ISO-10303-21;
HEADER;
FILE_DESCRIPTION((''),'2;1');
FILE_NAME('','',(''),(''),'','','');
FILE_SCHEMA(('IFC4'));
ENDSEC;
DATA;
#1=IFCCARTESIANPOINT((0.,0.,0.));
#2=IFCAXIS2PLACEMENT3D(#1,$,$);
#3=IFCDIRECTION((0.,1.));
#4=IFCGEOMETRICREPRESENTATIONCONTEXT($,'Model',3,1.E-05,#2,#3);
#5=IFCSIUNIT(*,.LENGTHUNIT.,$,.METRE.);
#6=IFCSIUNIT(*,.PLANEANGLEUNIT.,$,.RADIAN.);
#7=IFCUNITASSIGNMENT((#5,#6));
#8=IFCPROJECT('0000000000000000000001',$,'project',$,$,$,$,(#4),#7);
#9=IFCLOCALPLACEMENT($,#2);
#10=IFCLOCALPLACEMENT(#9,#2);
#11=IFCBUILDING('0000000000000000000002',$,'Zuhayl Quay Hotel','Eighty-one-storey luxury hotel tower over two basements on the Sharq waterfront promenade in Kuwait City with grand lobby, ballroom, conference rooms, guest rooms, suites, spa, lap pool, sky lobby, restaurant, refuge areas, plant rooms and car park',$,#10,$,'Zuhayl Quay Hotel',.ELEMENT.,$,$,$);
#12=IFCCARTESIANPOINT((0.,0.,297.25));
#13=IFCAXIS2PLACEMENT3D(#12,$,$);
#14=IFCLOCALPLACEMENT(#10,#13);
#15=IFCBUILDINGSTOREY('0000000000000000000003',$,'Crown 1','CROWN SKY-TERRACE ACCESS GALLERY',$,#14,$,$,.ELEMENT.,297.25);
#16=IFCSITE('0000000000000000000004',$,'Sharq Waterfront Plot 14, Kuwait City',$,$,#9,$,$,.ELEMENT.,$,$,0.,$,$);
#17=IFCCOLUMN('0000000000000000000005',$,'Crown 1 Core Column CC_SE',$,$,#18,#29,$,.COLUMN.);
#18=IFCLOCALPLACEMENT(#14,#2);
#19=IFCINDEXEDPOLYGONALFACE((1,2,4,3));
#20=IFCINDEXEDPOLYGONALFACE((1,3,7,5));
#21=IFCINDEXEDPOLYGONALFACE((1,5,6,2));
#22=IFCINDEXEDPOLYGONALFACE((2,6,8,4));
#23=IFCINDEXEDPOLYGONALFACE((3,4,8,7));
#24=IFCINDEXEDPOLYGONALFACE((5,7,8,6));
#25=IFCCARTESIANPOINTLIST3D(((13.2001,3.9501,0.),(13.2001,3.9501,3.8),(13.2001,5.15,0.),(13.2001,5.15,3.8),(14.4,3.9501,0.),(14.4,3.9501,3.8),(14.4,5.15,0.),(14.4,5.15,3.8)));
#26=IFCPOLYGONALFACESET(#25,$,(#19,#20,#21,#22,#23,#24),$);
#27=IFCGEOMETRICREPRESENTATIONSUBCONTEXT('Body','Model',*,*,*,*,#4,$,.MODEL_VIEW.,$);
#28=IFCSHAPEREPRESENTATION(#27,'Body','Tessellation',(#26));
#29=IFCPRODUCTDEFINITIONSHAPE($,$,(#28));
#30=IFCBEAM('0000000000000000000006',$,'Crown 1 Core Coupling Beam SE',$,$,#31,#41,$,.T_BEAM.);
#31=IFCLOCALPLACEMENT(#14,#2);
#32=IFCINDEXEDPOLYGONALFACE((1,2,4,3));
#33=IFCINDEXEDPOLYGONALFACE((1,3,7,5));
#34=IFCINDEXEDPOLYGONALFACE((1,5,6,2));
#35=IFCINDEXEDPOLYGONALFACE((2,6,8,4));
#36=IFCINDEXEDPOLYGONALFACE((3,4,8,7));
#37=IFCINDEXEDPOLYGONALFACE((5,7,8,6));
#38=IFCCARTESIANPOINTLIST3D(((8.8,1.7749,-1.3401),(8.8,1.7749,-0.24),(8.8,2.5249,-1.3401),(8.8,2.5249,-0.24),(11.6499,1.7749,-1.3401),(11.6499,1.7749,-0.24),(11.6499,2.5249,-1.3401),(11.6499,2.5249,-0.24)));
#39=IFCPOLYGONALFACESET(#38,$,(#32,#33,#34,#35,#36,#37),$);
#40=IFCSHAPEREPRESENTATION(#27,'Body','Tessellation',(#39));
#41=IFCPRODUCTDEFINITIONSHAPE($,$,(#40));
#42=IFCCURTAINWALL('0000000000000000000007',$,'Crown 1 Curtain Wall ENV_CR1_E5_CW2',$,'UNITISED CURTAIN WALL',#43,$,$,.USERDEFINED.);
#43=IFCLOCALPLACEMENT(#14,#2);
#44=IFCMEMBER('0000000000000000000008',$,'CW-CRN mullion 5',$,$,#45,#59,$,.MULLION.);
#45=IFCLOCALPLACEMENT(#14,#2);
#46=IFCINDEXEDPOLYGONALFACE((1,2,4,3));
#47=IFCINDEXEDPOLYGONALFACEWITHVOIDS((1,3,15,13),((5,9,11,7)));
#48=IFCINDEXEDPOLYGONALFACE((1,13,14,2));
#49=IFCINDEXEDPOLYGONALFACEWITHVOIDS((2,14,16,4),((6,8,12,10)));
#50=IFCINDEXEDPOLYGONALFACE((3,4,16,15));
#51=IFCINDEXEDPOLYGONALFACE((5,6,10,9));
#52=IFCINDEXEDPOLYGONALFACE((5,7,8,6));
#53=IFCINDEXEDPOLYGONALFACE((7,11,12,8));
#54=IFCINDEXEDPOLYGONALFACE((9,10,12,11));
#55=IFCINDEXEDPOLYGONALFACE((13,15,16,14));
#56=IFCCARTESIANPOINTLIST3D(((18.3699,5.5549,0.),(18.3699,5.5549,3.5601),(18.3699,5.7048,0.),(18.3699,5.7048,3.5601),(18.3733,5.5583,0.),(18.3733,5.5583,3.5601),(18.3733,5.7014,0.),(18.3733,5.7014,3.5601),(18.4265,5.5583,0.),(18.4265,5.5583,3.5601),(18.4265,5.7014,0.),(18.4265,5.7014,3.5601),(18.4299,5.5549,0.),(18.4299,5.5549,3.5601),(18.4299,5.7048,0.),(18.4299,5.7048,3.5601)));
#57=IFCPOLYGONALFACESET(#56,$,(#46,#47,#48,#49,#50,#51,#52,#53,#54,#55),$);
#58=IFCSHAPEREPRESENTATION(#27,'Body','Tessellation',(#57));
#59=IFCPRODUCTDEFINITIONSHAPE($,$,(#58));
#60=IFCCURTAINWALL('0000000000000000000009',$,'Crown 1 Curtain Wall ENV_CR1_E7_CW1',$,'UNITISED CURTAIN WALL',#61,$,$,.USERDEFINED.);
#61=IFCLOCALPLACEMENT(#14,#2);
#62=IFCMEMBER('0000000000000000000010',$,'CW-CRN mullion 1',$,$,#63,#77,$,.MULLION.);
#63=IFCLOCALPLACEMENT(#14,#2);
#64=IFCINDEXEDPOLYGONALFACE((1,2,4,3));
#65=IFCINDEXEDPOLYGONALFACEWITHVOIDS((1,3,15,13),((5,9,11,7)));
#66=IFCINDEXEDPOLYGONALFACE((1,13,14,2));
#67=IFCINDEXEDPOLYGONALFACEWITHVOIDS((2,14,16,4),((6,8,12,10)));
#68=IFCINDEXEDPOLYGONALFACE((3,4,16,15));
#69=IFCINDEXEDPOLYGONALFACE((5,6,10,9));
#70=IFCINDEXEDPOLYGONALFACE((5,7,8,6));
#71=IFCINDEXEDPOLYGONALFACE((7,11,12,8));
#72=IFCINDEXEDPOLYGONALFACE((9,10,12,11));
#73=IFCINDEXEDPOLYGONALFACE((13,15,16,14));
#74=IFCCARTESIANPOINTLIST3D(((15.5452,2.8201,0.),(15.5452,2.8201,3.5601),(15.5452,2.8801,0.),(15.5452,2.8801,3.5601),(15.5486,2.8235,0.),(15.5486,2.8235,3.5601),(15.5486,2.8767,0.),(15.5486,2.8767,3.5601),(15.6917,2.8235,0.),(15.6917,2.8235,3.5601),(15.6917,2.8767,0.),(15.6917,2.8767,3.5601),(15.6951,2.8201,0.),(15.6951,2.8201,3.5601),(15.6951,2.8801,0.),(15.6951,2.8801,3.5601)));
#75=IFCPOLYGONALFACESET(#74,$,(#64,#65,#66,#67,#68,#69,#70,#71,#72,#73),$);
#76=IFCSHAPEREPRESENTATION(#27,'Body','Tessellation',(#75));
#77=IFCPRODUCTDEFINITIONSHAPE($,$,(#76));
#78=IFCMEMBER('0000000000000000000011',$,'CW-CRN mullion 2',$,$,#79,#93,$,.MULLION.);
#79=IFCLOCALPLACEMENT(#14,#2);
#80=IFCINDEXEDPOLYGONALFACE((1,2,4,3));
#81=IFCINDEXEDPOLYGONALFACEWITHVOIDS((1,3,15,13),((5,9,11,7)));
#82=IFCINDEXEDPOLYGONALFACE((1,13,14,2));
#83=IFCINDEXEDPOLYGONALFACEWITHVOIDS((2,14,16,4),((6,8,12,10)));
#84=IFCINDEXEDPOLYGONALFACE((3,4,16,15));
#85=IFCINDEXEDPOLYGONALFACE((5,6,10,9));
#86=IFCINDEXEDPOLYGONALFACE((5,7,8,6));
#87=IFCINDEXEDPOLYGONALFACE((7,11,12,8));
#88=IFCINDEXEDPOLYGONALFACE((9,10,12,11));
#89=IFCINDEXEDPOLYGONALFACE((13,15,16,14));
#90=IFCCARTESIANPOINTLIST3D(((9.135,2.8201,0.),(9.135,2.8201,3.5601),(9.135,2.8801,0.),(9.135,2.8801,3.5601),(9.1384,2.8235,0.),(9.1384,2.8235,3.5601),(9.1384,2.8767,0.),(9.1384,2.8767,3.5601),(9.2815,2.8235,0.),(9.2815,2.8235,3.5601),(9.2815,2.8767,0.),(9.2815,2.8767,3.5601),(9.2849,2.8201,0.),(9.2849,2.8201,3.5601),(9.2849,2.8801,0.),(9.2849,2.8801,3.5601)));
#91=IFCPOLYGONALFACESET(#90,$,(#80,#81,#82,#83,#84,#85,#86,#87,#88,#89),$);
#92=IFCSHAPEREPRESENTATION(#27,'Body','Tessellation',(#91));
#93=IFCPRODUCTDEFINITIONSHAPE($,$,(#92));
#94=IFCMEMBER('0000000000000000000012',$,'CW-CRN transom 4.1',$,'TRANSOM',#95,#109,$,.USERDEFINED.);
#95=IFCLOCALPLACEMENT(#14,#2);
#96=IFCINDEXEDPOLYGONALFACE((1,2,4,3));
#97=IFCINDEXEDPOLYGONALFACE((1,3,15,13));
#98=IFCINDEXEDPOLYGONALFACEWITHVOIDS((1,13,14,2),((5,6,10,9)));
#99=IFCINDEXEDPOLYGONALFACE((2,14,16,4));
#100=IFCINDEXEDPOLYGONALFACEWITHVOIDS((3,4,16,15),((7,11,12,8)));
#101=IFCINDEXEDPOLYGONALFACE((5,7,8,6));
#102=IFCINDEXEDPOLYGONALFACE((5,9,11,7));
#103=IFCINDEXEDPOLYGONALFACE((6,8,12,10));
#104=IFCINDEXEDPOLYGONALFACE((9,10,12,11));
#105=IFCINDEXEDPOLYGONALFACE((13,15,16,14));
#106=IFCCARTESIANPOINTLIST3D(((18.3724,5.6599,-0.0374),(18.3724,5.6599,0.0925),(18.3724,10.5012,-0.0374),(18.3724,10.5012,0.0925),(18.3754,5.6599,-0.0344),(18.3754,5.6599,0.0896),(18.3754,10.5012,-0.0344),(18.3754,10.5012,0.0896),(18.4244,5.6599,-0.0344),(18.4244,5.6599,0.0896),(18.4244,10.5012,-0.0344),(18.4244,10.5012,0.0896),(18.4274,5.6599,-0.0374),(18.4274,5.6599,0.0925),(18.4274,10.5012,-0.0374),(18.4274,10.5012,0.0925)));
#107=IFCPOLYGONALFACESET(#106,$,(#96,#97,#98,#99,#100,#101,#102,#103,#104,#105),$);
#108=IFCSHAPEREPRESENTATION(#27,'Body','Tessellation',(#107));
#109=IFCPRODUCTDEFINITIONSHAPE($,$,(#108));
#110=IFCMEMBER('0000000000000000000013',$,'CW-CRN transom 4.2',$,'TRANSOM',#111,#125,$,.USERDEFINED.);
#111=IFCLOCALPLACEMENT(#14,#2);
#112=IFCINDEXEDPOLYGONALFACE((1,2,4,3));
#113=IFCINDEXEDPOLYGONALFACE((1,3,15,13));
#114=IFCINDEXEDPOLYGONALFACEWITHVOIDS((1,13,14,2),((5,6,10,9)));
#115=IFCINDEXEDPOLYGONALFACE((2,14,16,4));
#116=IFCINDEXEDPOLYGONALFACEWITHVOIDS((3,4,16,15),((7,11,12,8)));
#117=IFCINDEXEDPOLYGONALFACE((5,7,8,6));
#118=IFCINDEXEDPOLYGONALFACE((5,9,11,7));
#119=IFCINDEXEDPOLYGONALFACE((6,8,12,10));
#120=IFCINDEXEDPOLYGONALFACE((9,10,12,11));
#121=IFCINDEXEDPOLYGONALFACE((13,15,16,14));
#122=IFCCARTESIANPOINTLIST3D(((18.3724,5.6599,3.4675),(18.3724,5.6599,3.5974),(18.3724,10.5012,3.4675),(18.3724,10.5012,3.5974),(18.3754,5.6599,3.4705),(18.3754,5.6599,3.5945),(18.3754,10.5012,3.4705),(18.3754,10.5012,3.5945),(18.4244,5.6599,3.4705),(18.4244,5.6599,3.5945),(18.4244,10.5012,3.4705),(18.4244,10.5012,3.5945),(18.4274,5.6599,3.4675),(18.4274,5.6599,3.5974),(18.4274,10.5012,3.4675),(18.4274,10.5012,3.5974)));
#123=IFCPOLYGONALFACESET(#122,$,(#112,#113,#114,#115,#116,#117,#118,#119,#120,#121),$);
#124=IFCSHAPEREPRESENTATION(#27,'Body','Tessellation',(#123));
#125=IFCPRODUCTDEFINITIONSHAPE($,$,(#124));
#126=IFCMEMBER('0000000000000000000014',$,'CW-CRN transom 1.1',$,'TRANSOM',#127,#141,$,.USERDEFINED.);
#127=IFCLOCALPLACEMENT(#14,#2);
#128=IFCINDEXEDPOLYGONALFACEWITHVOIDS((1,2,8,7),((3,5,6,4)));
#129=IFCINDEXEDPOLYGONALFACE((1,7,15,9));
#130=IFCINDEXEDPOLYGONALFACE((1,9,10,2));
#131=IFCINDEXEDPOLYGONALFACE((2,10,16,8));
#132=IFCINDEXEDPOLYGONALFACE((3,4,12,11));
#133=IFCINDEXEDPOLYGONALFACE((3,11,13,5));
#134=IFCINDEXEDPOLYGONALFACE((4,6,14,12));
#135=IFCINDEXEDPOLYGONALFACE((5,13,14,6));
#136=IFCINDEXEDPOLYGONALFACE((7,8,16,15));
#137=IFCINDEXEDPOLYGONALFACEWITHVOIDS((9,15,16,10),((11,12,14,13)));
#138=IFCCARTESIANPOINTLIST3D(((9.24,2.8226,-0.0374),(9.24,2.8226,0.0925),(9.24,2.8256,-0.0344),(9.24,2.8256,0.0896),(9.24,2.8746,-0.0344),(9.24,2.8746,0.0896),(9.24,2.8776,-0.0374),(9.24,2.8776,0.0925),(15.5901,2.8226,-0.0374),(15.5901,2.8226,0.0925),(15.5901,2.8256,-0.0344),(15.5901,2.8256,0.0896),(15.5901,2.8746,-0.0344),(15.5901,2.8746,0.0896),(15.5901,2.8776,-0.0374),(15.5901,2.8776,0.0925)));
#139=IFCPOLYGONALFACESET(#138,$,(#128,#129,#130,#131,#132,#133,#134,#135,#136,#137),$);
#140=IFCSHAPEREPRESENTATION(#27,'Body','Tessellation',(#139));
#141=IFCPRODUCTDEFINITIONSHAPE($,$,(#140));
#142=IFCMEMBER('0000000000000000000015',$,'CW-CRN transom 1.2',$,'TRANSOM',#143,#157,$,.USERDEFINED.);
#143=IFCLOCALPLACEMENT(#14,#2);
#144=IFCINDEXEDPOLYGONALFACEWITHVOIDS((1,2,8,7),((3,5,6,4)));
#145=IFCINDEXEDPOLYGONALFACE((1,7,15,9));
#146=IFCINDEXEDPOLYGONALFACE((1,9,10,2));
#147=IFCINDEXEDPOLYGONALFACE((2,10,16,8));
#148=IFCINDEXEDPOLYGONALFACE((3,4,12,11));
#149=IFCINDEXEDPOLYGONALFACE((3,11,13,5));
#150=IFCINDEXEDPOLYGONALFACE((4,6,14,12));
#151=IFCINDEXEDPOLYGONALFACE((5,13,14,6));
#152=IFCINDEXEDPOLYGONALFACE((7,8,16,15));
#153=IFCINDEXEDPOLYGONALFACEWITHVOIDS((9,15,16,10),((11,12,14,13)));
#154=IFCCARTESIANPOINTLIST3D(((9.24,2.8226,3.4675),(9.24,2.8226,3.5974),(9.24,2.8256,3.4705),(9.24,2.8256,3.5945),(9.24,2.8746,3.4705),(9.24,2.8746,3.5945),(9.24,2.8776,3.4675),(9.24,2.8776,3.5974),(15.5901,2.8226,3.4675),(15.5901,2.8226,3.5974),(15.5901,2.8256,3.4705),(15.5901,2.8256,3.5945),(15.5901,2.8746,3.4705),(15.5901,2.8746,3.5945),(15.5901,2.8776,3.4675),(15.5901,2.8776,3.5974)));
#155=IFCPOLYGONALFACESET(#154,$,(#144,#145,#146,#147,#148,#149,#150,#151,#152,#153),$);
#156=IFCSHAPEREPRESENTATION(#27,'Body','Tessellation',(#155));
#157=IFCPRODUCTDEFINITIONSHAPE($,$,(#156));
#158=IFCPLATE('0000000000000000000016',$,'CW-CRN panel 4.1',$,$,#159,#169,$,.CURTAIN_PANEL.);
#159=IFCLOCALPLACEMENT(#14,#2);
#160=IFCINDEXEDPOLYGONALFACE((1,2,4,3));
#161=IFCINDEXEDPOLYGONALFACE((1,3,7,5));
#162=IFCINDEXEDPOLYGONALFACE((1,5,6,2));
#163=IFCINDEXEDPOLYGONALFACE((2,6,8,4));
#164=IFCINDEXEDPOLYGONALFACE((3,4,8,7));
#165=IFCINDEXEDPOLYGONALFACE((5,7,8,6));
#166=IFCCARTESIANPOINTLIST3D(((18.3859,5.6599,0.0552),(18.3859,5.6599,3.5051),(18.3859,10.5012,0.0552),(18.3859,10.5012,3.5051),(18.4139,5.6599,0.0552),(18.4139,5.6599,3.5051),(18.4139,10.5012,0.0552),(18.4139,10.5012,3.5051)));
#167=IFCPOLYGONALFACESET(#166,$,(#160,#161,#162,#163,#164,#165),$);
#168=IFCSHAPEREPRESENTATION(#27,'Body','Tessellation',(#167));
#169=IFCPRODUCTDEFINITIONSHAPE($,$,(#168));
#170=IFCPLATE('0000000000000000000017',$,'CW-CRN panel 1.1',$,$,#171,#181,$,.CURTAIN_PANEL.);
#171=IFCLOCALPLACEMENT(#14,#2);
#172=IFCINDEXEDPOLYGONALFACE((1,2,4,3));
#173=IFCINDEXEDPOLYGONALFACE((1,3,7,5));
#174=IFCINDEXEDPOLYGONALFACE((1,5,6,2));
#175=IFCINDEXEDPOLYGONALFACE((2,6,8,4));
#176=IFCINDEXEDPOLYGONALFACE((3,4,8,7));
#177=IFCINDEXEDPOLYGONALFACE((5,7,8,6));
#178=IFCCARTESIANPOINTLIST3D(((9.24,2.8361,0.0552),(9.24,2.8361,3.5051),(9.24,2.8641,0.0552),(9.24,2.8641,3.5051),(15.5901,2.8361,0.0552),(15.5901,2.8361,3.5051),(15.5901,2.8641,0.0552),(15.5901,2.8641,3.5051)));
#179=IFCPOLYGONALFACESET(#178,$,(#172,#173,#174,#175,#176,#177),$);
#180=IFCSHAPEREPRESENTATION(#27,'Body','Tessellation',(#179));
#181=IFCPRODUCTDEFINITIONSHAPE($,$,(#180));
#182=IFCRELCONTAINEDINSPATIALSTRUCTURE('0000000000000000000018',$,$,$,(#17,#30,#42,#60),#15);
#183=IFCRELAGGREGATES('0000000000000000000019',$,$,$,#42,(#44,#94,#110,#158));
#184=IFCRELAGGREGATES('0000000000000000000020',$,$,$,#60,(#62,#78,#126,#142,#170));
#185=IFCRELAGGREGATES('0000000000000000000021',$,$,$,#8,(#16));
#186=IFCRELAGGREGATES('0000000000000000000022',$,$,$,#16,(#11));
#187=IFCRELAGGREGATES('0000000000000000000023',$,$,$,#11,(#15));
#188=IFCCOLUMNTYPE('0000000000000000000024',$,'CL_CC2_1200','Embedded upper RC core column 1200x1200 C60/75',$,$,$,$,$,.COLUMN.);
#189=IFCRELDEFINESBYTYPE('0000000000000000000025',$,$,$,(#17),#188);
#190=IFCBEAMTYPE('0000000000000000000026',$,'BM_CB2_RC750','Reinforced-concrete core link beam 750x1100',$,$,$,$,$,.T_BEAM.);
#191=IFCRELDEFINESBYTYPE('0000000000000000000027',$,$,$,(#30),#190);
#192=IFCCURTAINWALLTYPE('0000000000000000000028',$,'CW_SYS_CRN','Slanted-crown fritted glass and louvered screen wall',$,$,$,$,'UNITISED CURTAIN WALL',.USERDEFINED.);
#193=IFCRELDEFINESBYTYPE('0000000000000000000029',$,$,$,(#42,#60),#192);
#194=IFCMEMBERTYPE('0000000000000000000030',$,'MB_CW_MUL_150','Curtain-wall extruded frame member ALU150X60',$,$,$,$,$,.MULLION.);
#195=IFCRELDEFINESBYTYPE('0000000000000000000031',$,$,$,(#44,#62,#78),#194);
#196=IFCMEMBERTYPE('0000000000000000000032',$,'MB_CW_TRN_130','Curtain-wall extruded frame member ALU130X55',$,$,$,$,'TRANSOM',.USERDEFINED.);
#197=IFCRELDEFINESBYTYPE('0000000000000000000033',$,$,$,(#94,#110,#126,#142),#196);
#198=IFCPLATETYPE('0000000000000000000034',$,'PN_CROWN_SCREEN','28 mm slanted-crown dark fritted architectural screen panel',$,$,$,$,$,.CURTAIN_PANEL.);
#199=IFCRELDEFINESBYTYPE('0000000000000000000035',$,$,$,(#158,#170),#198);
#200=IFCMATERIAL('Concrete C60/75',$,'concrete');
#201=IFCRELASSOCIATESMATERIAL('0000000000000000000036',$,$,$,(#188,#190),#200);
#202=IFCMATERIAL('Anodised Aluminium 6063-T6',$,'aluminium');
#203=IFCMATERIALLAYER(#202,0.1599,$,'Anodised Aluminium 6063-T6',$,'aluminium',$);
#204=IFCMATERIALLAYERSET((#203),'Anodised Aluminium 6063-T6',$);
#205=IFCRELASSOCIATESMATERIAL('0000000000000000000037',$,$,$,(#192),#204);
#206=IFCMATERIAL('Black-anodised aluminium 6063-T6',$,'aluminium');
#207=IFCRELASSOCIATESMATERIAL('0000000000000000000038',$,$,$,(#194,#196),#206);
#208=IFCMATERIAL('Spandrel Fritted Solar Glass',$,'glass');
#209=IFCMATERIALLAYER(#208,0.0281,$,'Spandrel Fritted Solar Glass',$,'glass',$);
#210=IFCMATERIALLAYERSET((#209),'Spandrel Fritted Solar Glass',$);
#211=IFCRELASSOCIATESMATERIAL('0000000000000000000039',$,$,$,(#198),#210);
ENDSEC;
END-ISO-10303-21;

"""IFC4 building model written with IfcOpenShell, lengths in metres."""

from ifc_helpers import new_model, si_unit, direction, frame, origin, origin_2d, place, context, subcontext, project, spatial, rectangle, hollow_rectangle, extrude, material, layer, layer_set, material_profile, profile_set, type_object, element, aggregate, save


model = new_model("IFC4")

# Units and contexts
model_context = context("Model", 3, precision=1e-05, world=origin(), true_north=direction((0.0, 1.0)))
body_context = subcontext(model_context, "Body", "Model", "MODEL_VIEW")
ifc_project = project(units=[si_unit("LENGTHUNIT", "METRE"), si_unit("PLANEANGLEUNIT", "RADIAN")], contexts=[model_context])

# Site, building, storey
site_placement = place(None, origin())
site = spatial("IfcSite", under=ifc_project, at=site_placement, Name="Sharq Waterfront Plot 14, Kuwait City", CompositionType="ELEMENT", RefElevation=0.0)
building_placement = place(site_placement, origin())
building = spatial("IfcBuilding", under=site, at=building_placement, Name="Zuhayl Quay Hotel", Description="Eighty-one-storey luxury hotel tower over two basements on the Sharq waterfront promenade in Kuwait City with grand lobby, ballroom, conference rooms, guest rooms, suites, spa, lap pool, sky lobby, restaurant, refuge areas, plant rooms and car park", LongName="Zuhayl Quay Hotel", CompositionType="ELEMENT")
storey_placement = place(building_placement, frame((0.0, 0.0, 297.25)))
storey = spatial("IfcBuildingStorey", under=building, at=storey_placement, Name="Crown 1", Description="CROWN SKY-TERRACE ACCESS GALLERY", CompositionType="ELEMENT", Elevation=297.25)

# Column
ifc_material_1 = material(Name="Concrete C60/75", Category="concrete")
ifc_material_profile_1 = material_profile(ifc_material_1, rectangle(XDim=1.2, YDim=1.2, at=origin_2d()), Name="RC1200X1200")
ifc_profile_set_1 = profile_set([ifc_material_profile_1], Name="Concrete C60/75")
column_type = type_object("IfcColumnType", Name="CL_CC2_1200", Description="Embedded upper RC core column 1200x1200 C60/75", PredefinedType="COLUMN", material=ifc_profile_set_1)
column_placement = place(storey_placement, frame((13.8, 4.55, 0.0), z_axis=(0.0, 0.0, 1.0), x_axis=(1.0, 0.0, 0.0)))
element("IfcColumn", 1, at=column_placement, inside=storey, type_object=column_type, Name="Crown 1 Core Column CC_SE", PredefinedType="COLUMN", context=body_context, shape_type="SweptSolid", body=[
    extrude(rectangle(XDim=1.2, YDim=1.2, at=origin_2d()), origin(), (0.0, 0.0, 1.0), 3.8),
])

# Beam
ifc_material_profile_2 = material_profile(ifc_material_1, rectangle(XDim=0.75, YDim=1.1001, at=origin_2d()), Name="RC750X1100")
ifc_profile_set_2 = profile_set([ifc_material_profile_2], Name="Concrete C60/75")
beam_type = type_object("IfcBeamType", Name="BM_CB2_RC750", Description="Reinforced-concrete core link beam 750x1100", PredefinedType="T_BEAM", material=ifc_profile_set_2)
beam_placement = place(storey_placement, frame((8.8, 2.1499, -0.79), z_axis=(1.0, 0.0, 0.0), x_axis=(0.0, 1.0, 0.0)))
element("IfcBeam", 2, at=beam_placement, inside=storey, type_object=beam_type, Name="Crown 1 Core Coupling Beam SE", PredefinedType="T_BEAM", context=body_context, shape_type="SweptSolid", body=[
    extrude(rectangle(XDim=0.75, YDim=1.1001, at=origin_2d()), origin(), (0.0, 0.0, 1.0), 2.8499),
])

# Curtain wall, member
ifc_material_2 = material(Name="Anodised Aluminium 6063-T6", Category="aluminium")
ifc_layer_1 = layer(ifc_material_2, 0.1599, Name="Anodised Aluminium 6063-T6", Category="aluminium")
ifc_layer_set_1 = layer_set([ifc_layer_1], Name="Anodised Aluminium 6063-T6")
curtain_wall_type = type_object("IfcCurtainWallType", Name="CW_SYS_CRN", Description="Slanted-crown fritted glass and louvered screen wall", ElementType="UNITISED CURTAIN WALL", PredefinedType="USERDEFINED", material=ifc_layer_set_1)
curtain_wall_1_placement = place(storey_placement, origin())
curtain_wall_1 = element("IfcCurtainWall", 3, at=curtain_wall_1_placement, inside=storey, type_object=curtain_wall_type, Name="Crown 1 Curtain Wall ENV_CR1_E5_CW2", ObjectType="UNITISED CURTAIN WALL", PredefinedType="USERDEFINED")
ifc_material_3 = material(Name="Black-anodised aluminium 6063-T6", Category="aluminium")
ifc_material_profile_3 = material_profile(ifc_material_3, hollow_rectangle(XDim=0.0601, YDim=0.1499, WallThickness=0.0034, at=origin_2d()), Name="ALU150X60")
ifc_profile_set_3 = profile_set([ifc_material_profile_3], Name="Black-anodised aluminium 6063-T6")
member_type_1 = type_object("IfcMemberType", Name="MB_CW_MUL_150", Description="Curtain-wall extruded frame member ALU150X60", PredefinedType="MULLION", material=ifc_profile_set_3)
member_1_placement = place(storey_placement, frame((18.3999, 5.6299, 0.0), z_axis=(0.0, 0.0, 1.0), x_axis=(1.0, 0.0, 0.0)))
member_1 = element("IfcMember", 4, at=member_1_placement, type_object=member_type_1, Name="CW-CRN mullion 5", PredefinedType="MULLION", context=body_context, shape_type="SweptSolid", body=[
    extrude(hollow_rectangle(XDim=0.0601, YDim=0.1499, WallThickness=0.0034, at=origin_2d()), origin(), (0.0, 0.0, 1.0), 3.5601),
])

# Curtain wall, members
curtain_wall_2_placement = place(storey_placement, origin())
curtain_wall_2 = element("IfcCurtainWall", 5, at=curtain_wall_2_placement, inside=storey, type_object=curtain_wall_type, Name="Crown 1 Curtain Wall ENV_CR1_E7_CW1", ObjectType="UNITISED CURTAIN WALL", PredefinedType="USERDEFINED")
member_2_placement = place(storey_placement, frame((15.6201, 2.8501, 0.0), z_axis=(0.0, 0.0, 1.0), x_axis=(0.0, -1.0, 0.0)))
member_2 = element("IfcMember", 6, at=member_2_placement, type_object=member_type_1, Name="CW-CRN mullion 1", PredefinedType="MULLION", context=body_context, shape_type="SweptSolid", body=[
    extrude(hollow_rectangle(XDim=0.0601, YDim=0.1499, WallThickness=0.0034, at=origin_2d()), origin(), (0.0, 0.0, 1.0), 3.5601),
])
member_3_placement = place(storey_placement, frame((9.21, 2.8501, 0.0), z_axis=(0.0, 0.0, 1.0), x_axis=(0.0, -1.0, 0.0)))
member_3 = element("IfcMember", 7, at=member_3_placement, type_object=member_type_1, Name="CW-CRN mullion 2", PredefinedType="MULLION", context=body_context, shape_type="SweptSolid", body=[
    extrude(hollow_rectangle(XDim=0.0601, YDim=0.1499, WallThickness=0.0034, at=origin_2d()), origin(), (0.0, 0.0, 1.0), 3.5601),
])

# Members
ifc_material_profile_4 = material_profile(ifc_material_3, hollow_rectangle(XDim=0.0549, YDim=0.1299, WallThickness=0.0029, at=origin_2d()), Name="ALU130X55")
ifc_profile_set_4 = profile_set([ifc_material_profile_4], Name="Black-anodised aluminium 6063-T6")
member_type_2 = type_object("IfcMemberType", Name="MB_CW_TRN_130", Description="Curtain-wall extruded frame member ALU130X55", ElementType="TRANSOM", PredefinedType="USERDEFINED", material=ifc_profile_set_4)
member_4_placement = place(storey_placement, frame((18.3999, 10.5012, 0.0276), z_axis=(0.0, -1.0, 0.0), x_axis=(1.0, 0.0, 0.0)))
member_4 = element("IfcMember", 8, at=member_4_placement, type_object=member_type_2, Name="CW-CRN transom 4.1", ObjectType="TRANSOM", PredefinedType="USERDEFINED", context=body_context, shape_type="SweptSolid", body=[
    extrude(hollow_rectangle(XDim=0.0549, YDim=0.1299, WallThickness=0.0029, at=origin_2d()), origin(), (0.0, 0.0, 1.0), 4.8413),
])
member_5_placement = place(storey_placement, frame((18.3999, 10.5012, 3.5325), z_axis=(0.0, -1.0, 0.0), x_axis=(1.0, 0.0, 0.0)))
member_5 = element("IfcMember", 9, at=member_5_placement, type_object=member_type_2, Name="CW-CRN transom 4.2", ObjectType="TRANSOM", PredefinedType="USERDEFINED", context=body_context, shape_type="SweptSolid", body=[
    extrude(hollow_rectangle(XDim=0.0549, YDim=0.1299, WallThickness=0.0029, at=origin_2d()), origin(), (0.0, 0.0, 1.0), 4.8413),
])
member_6_placement = place(storey_placement, frame((15.5901, 2.8501, 0.0276), z_axis=(-1.0, 0.0, 0.0), x_axis=(0.0, -1.0, 0.0)))
member_6 = element("IfcMember", 10, at=member_6_placement, type_object=member_type_2, Name="CW-CRN transom 1.1", ObjectType="TRANSOM", PredefinedType="USERDEFINED", context=body_context, shape_type="SweptSolid", body=[
    extrude(hollow_rectangle(XDim=0.0549, YDim=0.1299, WallThickness=0.0029, at=origin_2d()), origin(), (0.0, 0.0, 1.0), 6.3501),
])
member_7_placement = place(storey_placement, frame((15.5901, 2.8501, 3.5325), z_axis=(-1.0, 0.0, 0.0), x_axis=(0.0, -1.0, 0.0)))
member_7 = element("IfcMember", 11, at=member_7_placement, type_object=member_type_2, Name="CW-CRN transom 1.2", ObjectType="TRANSOM", PredefinedType="USERDEFINED", context=body_context, shape_type="SweptSolid", body=[
    extrude(hollow_rectangle(XDim=0.0549, YDim=0.1299, WallThickness=0.0029, at=origin_2d()), origin(), (0.0, 0.0, 1.0), 6.3501),
])

# Plates
ifc_material_4 = material(Name="Spandrel Fritted Solar Glass", Category="glass")
ifc_layer_2 = layer(ifc_material_4, 0.0281, Name="Spandrel Fritted Solar Glass", Category="glass")
ifc_layer_set_2 = layer_set([ifc_layer_2], Name="Spandrel Fritted Solar Glass")
plate_type = type_object("IfcPlateType", Name="PN_CROWN_SCREEN", Description="28 mm slanted-crown dark fritted architectural screen panel", PredefinedType="CURTAIN_PANEL", material=ifc_layer_set_2)
plate_1_placement = place(storey_placement, frame((18.3999, 8.0806, 0.0552), z_axis=(0.0, 0.0, 1.0), x_axis=(0.0, -1.0, 0.0)))
plate_1 = element("IfcPlate", 12, at=plate_1_placement, type_object=plate_type, Name="CW-CRN panel 4.1", PredefinedType="CURTAIN_PANEL", context=body_context, shape_type="SweptSolid", body=[
    extrude(rectangle(XDim=4.8413, YDim=0.0281, at=origin_2d()), origin(), (0.0, 0.0, 1.0), 3.45),
])
aggregate(curtain_wall_1, [member_1, member_4, member_5, plate_1])
plate_2_placement = place(storey_placement, frame((12.415, 2.8501, 0.0552), z_axis=(0.0, 0.0, 1.0), x_axis=(-1.0, 0.0, 0.0)))
plate_2 = element("IfcPlate", 13, at=plate_2_placement, type_object=plate_type, Name="CW-CRN panel 1.1", PredefinedType="CURTAIN_PANEL", context=body_context, shape_type="SweptSolid", body=[
    extrude(rectangle(XDim=6.3501, YDim=0.0281, at=origin_2d()), origin(), (0.0, 0.0, 1.0), 3.45),
])
aggregate(curtain_wall_2, [member_2, member_3, member_6, member_7, plate_2])

save(model, "model.ifc")
